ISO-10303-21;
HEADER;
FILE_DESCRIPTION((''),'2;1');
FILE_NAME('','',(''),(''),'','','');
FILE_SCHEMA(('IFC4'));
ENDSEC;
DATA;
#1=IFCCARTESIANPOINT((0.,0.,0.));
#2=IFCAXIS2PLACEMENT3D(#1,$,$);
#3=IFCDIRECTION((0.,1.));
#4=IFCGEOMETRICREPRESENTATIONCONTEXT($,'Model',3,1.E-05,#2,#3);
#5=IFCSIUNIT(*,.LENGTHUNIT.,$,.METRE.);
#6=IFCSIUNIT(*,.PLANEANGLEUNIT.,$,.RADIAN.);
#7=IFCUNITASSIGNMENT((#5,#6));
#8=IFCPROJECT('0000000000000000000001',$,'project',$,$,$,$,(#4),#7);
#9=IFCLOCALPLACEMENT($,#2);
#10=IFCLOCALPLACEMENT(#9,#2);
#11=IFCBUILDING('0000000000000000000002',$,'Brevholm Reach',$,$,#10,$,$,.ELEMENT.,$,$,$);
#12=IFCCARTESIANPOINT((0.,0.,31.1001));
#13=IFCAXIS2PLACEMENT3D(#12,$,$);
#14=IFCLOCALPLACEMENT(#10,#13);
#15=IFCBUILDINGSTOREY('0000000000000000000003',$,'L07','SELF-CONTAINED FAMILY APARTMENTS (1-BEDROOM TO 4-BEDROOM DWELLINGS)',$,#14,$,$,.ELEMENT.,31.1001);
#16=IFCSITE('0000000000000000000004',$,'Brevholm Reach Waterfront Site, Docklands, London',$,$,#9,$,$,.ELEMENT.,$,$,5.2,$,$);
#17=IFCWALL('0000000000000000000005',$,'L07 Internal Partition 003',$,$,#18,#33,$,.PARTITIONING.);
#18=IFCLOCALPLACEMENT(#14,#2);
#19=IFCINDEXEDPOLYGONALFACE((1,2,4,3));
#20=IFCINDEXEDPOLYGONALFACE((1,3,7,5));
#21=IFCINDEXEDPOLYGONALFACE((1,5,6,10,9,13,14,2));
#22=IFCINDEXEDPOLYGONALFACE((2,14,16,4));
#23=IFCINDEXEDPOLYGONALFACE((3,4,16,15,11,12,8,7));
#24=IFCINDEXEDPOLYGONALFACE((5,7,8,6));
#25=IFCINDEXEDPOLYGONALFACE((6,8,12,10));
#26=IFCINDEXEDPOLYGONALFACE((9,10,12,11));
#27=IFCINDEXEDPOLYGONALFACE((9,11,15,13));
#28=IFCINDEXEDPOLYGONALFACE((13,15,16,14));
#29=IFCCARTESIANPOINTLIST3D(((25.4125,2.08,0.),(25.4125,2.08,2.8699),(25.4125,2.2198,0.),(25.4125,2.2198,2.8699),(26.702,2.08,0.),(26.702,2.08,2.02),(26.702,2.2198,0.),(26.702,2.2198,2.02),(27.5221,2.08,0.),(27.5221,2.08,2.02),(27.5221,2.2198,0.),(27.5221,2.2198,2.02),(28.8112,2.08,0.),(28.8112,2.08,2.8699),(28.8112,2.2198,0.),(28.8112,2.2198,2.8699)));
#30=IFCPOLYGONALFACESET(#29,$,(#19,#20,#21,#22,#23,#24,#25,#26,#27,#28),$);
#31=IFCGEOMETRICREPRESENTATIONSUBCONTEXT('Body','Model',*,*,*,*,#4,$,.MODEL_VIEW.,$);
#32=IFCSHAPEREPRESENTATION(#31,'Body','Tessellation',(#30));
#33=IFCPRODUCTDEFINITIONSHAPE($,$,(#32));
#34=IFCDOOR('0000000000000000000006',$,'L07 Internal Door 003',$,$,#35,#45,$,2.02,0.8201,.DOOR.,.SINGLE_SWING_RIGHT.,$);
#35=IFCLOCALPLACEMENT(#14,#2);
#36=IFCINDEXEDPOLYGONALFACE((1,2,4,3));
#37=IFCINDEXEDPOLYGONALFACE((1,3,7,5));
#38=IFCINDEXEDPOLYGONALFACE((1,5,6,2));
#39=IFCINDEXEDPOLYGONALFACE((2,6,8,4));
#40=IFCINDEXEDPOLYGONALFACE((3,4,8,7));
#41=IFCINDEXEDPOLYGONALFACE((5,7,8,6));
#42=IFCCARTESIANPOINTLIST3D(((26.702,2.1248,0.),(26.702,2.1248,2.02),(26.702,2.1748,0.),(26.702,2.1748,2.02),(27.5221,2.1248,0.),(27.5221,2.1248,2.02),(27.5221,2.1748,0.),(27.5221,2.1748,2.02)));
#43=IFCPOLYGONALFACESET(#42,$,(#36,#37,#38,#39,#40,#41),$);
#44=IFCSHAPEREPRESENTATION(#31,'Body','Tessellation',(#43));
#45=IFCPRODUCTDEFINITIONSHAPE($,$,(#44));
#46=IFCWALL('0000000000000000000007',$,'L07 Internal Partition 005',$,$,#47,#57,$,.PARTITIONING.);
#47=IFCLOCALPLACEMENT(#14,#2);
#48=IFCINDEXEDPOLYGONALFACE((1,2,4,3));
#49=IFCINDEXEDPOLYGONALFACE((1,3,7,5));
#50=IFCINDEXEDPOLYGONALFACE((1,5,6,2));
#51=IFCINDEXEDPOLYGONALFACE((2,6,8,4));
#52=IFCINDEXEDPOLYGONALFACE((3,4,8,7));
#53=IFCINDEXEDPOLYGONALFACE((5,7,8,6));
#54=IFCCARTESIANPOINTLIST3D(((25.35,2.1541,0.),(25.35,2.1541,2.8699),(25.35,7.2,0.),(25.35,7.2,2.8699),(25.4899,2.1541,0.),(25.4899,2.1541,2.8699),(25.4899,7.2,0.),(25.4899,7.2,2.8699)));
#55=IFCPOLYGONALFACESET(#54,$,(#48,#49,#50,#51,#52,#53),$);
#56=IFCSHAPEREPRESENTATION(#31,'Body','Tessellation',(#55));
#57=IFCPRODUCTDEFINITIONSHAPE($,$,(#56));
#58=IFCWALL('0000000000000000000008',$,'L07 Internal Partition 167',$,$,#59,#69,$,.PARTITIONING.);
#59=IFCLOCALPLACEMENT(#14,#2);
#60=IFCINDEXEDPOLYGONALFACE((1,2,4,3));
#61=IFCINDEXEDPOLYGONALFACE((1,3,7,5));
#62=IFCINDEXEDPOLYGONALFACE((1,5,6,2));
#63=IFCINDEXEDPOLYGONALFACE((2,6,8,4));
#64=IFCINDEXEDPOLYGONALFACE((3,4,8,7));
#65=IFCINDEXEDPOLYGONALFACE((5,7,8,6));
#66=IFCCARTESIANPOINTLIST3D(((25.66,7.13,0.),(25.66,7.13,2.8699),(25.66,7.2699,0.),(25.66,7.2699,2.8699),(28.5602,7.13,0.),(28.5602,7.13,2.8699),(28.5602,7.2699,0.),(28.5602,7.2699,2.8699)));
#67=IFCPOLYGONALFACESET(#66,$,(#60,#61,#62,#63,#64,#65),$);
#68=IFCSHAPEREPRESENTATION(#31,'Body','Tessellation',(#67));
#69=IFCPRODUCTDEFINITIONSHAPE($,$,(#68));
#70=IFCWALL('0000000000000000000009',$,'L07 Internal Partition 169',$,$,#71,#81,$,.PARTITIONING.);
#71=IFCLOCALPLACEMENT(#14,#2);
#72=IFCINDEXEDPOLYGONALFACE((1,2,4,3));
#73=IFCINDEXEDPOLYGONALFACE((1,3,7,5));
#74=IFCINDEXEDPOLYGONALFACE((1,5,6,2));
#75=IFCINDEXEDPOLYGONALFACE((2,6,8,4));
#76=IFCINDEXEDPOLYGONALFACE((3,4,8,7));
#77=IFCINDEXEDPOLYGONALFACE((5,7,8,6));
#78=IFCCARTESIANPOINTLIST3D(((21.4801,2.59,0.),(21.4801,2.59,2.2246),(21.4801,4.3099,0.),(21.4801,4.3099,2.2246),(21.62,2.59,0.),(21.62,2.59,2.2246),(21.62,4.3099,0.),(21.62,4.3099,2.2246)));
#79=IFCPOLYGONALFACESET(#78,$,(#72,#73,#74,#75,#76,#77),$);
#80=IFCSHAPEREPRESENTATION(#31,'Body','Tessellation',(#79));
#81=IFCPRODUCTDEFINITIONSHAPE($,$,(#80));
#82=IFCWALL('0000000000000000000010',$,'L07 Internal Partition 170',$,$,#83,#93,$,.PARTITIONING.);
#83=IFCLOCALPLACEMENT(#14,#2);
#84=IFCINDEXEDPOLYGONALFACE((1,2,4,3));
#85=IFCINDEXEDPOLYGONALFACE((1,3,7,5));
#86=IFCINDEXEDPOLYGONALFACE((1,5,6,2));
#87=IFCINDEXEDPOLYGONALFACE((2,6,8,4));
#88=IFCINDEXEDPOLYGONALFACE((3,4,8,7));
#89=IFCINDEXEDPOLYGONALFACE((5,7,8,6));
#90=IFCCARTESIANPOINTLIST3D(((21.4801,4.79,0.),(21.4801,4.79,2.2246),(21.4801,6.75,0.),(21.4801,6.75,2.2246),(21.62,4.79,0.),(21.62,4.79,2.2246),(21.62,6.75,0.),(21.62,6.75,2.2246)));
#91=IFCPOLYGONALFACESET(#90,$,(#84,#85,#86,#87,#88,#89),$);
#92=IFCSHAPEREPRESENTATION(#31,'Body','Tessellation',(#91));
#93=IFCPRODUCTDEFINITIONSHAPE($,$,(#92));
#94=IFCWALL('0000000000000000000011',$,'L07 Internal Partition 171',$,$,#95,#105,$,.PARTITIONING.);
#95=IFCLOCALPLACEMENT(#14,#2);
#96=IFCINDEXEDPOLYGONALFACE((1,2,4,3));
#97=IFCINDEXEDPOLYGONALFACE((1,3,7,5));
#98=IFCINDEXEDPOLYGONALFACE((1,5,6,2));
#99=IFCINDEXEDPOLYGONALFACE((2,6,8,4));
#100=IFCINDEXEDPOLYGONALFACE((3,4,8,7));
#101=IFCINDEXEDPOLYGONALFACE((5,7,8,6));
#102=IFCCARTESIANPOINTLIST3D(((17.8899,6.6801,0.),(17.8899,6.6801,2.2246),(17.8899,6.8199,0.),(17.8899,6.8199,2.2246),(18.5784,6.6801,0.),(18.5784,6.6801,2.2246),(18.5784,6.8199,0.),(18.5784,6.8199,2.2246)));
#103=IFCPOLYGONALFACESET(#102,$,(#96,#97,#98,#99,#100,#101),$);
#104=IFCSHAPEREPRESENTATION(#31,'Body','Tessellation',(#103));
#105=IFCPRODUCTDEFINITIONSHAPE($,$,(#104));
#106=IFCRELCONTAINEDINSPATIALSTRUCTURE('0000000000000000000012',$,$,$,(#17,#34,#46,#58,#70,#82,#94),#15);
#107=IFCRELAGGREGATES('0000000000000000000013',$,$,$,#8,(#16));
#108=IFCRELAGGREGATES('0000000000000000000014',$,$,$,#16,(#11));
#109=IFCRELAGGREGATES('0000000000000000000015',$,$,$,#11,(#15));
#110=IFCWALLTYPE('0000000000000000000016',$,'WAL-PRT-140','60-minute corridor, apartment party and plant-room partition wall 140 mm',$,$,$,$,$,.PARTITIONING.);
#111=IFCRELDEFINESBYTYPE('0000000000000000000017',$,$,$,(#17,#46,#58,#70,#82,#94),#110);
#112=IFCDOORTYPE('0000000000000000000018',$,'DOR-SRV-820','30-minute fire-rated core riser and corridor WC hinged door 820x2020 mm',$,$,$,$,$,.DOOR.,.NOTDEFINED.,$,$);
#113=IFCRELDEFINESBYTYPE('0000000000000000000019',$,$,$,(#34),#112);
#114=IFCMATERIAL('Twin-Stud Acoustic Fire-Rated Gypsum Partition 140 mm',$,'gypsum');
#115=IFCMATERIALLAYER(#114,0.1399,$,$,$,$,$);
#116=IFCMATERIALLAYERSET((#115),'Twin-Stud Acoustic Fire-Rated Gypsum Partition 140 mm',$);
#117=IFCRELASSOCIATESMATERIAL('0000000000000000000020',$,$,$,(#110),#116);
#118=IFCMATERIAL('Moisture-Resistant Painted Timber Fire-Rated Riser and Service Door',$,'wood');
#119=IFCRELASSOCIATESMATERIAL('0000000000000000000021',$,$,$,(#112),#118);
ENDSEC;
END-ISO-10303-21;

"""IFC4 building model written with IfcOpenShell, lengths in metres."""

from ifc_helpers import new_model, si_unit, direction, frame, frame_2d, origin, place, context, subcontext, project, spatial, rectangle, extrude, material, layer, layer_set, type_object, element, fill, save


model = new_model("IFC4")

# Units and contexts
model_context = context("Model", 3, precision=1e-05, world=origin(), true_north=direction((0.0, 1.0)))
body_context = subcontext(model_context, "Body", "Model", "MODEL_VIEW")
ifc_project = project(units=[si_unit("LENGTHUNIT", "METRE"), si_unit("PLANEANGLEUNIT", "RADIAN")], contexts=[model_context])

# Site, building, storey
site_placement = place(None, origin())
site = spatial("IfcSite", under=ifc_project, at=site_placement, Name="Brevholm Reach Waterfront Site, Docklands, London", CompositionType="ELEMENT", RefElevation=5.2)
building_placement = place(site_placement, origin())
building = spatial("IfcBuilding", under=site, at=building_placement, Name="Brevholm Reach", CompositionType="ELEMENT")
storey_placement = place(building_placement, frame((0.0, 0.0, 31.1001)))
storey = spatial("IfcBuildingStorey", under=building, at=storey_placement, Name="L07", Description="SELF-CONTAINED FAMILY APARTMENTS (1-BEDROOM TO 4-BEDROOM DWELLINGS)", CompositionType="ELEMENT", Elevation=31.1001)

# Wall, opening, door
ifc_material_1 = material(Name="Twin-Stud Acoustic Fire-Rated Gypsum Partition 140 mm", Category="gypsum")
ifc_layer_1 = layer(ifc_material_1, 0.1399)
ifc_layer_set_1 = layer_set([ifc_layer_1], Name="Twin-Stud Acoustic Fire-Rated Gypsum Partition 140 mm")
wall_type_1 = type_object("IfcWallType", Name="WAL-PRT-140", Description="60-minute corridor, apartment party and plant-room partition wall 140 mm", PredefinedType="PARTITIONING", material=ifc_layer_set_1)
wall_1_placement = place(storey_placement, frame((25.4126, 2.1499, 0.0), z_axis=(0.0, 0.0, 1.0), x_axis=(1.0, 0.0, 0.0)))
wall_1 = element("IfcWall", 1, at=wall_1_placement, inside=storey, type_object=wall_type_1, Name="L07 Internal Partition 003", PredefinedType="PARTITIONING", context=body_context, shape_type="SweptSolid", body=[
    extrude(rectangle(XDim=3.3987, YDim=0.1399, at=frame_2d((1.6992, 0.0))), origin(), (0.0, 0.0, 1.0), 2.8699),
])
opening_1_placement = place(wall_1_placement, frame((1.2893, 0.0, 0.0)))
opening_1 = element("IfcOpeningElement", 2, at=opening_1_placement, cuts=wall_1, PredefinedType="OPENING", context=body_context, shape_type="SweptSolid", body=[
    extrude(rectangle(XDim=0.8201, YDim=2.02, at=frame_2d((0.4102, 1.01))), frame((0.0, 0.0798, 0.0), z_axis=(0.0, -1.0, 0.0), x_axis=(1.0, 0.0, 0.0)), (0.0, 0.0, 1.0), 0.1599),
])
ifc_material_2 = material(Name="Moisture-Resistant Painted Timber Fire-Rated Riser and Service Door", Category="wood")
door_type_1 = type_object("IfcDoorType", Name="DOR-SRV-820", Description="30-minute fire-rated core riser and corridor WC hinged door 820x2020 mm", OperationType="NOTDEFINED", PredefinedType="DOOR", material=ifc_material_2)
door_1_placement = place(opening_1_placement, origin())
door_1 = element("IfcDoor", 3, at=door_1_placement, inside=storey, type_object=door_type_1, Name="L07 Internal Door 003", OperationType="SINGLE_SWING_RIGHT", OverallHeight=2.02, OverallWidth=0.8201, PredefinedType="DOOR", context=body_context, shape_type="SweptSolid", body=[
    extrude(rectangle(XDim=0.8201, YDim=2.02, at=frame_2d((0.4102, 1.01))), frame((0.0, 0.0249, 0.0), z_axis=(0.0, -1.0, 0.0), x_axis=(1.0, 0.0, 0.0)), (0.0, 0.0, 1.0), 0.05),
])
fill(opening_1, door_1)

# Walls
wall_2_placement = place(storey_placement, frame((25.4199, 2.1541, 0.0), z_axis=(0.0, 0.0, 1.0), x_axis=(0.0, 1.0, 0.0)))
element("IfcWall", 4, at=wall_2_placement, inside=storey, type_object=wall_type_1, Name="L07 Internal Partition 005", PredefinedType="PARTITIONING", context=body_context, shape_type="SweptSolid", body=[
    extrude(rectangle(XDim=5.0459, YDim=0.1399, at=frame_2d((2.5229, 0.0))), origin(), (0.0, 0.0, 1.0), 2.8699),
])
wall_3_placement = place(storey_placement, frame((25.6599, 7.2, 0.0), z_axis=(0.0, 0.0, 1.0), x_axis=(1.0, 0.0, 0.0)))
element("IfcWall", 5, at=wall_3_placement, inside=storey, type_object=wall_type_1, Name="L07 Internal Partition 167", PredefinedType="PARTITIONING", context=body_context, shape_type="SweptSolid", body=[
    extrude(rectangle(XDim=2.9001, YDim=0.1399, at=frame_2d((1.4502, 0.0))), origin(), (0.0, 0.0, 1.0), 2.8699),
])
wall_4_placement = place(storey_placement, frame((21.55, 2.5901, 0.0), z_axis=(0.0, 0.0, 1.0), x_axis=(0.0, 1.0, 0.0)))
element("IfcWall", 6, at=wall_4_placement, inside=storey, type_object=wall_type_1, Name="L07 Internal Partition 169", PredefinedType="PARTITIONING", context=body_context, shape_type="SweptSolid", body=[
    extrude(rectangle(XDim=1.72, YDim=0.1399, at=frame_2d((0.8599, 0.0))), origin(), (0.0, 0.0, 1.0), 2.2246),
])
wall_5_placement = place(storey_placement, frame((21.55, 4.79, 0.0), z_axis=(0.0, 0.0, 1.0), x_axis=(0.0, 1.0, 0.0)))
element("IfcWall", 7, at=wall_5_placement, inside=storey, type_object=wall_type_1, Name="L07 Internal Partition 170", PredefinedType="PARTITIONING", context=body_context, shape_type="SweptSolid", body=[
    extrude(rectangle(XDim=1.96, YDim=0.1399, at=frame_2d((0.98, 0.0))), origin(), (0.0, 0.0, 1.0), 2.2246),
])
wall_6_placement = place(storey_placement, frame((17.8899, 6.75, 0.0), z_axis=(0.0, 0.0, 1.0), x_axis=(1.0, 0.0, 0.0)))
element("IfcWall", 8, at=wall_6_placement, inside=storey, type_object=wall_type_1, Name="L07 Internal Partition 171", PredefinedType="PARTITIONING", context=body_context, shape_type="SweptSolid", body=[
    extrude(rectangle(XDim=0.6885, YDim=0.1399, at=frame_2d((0.3442, 0.0))), origin(), (0.0, 0.0, 1.0), 2.2246),
])

save(model, "model.ifc")
